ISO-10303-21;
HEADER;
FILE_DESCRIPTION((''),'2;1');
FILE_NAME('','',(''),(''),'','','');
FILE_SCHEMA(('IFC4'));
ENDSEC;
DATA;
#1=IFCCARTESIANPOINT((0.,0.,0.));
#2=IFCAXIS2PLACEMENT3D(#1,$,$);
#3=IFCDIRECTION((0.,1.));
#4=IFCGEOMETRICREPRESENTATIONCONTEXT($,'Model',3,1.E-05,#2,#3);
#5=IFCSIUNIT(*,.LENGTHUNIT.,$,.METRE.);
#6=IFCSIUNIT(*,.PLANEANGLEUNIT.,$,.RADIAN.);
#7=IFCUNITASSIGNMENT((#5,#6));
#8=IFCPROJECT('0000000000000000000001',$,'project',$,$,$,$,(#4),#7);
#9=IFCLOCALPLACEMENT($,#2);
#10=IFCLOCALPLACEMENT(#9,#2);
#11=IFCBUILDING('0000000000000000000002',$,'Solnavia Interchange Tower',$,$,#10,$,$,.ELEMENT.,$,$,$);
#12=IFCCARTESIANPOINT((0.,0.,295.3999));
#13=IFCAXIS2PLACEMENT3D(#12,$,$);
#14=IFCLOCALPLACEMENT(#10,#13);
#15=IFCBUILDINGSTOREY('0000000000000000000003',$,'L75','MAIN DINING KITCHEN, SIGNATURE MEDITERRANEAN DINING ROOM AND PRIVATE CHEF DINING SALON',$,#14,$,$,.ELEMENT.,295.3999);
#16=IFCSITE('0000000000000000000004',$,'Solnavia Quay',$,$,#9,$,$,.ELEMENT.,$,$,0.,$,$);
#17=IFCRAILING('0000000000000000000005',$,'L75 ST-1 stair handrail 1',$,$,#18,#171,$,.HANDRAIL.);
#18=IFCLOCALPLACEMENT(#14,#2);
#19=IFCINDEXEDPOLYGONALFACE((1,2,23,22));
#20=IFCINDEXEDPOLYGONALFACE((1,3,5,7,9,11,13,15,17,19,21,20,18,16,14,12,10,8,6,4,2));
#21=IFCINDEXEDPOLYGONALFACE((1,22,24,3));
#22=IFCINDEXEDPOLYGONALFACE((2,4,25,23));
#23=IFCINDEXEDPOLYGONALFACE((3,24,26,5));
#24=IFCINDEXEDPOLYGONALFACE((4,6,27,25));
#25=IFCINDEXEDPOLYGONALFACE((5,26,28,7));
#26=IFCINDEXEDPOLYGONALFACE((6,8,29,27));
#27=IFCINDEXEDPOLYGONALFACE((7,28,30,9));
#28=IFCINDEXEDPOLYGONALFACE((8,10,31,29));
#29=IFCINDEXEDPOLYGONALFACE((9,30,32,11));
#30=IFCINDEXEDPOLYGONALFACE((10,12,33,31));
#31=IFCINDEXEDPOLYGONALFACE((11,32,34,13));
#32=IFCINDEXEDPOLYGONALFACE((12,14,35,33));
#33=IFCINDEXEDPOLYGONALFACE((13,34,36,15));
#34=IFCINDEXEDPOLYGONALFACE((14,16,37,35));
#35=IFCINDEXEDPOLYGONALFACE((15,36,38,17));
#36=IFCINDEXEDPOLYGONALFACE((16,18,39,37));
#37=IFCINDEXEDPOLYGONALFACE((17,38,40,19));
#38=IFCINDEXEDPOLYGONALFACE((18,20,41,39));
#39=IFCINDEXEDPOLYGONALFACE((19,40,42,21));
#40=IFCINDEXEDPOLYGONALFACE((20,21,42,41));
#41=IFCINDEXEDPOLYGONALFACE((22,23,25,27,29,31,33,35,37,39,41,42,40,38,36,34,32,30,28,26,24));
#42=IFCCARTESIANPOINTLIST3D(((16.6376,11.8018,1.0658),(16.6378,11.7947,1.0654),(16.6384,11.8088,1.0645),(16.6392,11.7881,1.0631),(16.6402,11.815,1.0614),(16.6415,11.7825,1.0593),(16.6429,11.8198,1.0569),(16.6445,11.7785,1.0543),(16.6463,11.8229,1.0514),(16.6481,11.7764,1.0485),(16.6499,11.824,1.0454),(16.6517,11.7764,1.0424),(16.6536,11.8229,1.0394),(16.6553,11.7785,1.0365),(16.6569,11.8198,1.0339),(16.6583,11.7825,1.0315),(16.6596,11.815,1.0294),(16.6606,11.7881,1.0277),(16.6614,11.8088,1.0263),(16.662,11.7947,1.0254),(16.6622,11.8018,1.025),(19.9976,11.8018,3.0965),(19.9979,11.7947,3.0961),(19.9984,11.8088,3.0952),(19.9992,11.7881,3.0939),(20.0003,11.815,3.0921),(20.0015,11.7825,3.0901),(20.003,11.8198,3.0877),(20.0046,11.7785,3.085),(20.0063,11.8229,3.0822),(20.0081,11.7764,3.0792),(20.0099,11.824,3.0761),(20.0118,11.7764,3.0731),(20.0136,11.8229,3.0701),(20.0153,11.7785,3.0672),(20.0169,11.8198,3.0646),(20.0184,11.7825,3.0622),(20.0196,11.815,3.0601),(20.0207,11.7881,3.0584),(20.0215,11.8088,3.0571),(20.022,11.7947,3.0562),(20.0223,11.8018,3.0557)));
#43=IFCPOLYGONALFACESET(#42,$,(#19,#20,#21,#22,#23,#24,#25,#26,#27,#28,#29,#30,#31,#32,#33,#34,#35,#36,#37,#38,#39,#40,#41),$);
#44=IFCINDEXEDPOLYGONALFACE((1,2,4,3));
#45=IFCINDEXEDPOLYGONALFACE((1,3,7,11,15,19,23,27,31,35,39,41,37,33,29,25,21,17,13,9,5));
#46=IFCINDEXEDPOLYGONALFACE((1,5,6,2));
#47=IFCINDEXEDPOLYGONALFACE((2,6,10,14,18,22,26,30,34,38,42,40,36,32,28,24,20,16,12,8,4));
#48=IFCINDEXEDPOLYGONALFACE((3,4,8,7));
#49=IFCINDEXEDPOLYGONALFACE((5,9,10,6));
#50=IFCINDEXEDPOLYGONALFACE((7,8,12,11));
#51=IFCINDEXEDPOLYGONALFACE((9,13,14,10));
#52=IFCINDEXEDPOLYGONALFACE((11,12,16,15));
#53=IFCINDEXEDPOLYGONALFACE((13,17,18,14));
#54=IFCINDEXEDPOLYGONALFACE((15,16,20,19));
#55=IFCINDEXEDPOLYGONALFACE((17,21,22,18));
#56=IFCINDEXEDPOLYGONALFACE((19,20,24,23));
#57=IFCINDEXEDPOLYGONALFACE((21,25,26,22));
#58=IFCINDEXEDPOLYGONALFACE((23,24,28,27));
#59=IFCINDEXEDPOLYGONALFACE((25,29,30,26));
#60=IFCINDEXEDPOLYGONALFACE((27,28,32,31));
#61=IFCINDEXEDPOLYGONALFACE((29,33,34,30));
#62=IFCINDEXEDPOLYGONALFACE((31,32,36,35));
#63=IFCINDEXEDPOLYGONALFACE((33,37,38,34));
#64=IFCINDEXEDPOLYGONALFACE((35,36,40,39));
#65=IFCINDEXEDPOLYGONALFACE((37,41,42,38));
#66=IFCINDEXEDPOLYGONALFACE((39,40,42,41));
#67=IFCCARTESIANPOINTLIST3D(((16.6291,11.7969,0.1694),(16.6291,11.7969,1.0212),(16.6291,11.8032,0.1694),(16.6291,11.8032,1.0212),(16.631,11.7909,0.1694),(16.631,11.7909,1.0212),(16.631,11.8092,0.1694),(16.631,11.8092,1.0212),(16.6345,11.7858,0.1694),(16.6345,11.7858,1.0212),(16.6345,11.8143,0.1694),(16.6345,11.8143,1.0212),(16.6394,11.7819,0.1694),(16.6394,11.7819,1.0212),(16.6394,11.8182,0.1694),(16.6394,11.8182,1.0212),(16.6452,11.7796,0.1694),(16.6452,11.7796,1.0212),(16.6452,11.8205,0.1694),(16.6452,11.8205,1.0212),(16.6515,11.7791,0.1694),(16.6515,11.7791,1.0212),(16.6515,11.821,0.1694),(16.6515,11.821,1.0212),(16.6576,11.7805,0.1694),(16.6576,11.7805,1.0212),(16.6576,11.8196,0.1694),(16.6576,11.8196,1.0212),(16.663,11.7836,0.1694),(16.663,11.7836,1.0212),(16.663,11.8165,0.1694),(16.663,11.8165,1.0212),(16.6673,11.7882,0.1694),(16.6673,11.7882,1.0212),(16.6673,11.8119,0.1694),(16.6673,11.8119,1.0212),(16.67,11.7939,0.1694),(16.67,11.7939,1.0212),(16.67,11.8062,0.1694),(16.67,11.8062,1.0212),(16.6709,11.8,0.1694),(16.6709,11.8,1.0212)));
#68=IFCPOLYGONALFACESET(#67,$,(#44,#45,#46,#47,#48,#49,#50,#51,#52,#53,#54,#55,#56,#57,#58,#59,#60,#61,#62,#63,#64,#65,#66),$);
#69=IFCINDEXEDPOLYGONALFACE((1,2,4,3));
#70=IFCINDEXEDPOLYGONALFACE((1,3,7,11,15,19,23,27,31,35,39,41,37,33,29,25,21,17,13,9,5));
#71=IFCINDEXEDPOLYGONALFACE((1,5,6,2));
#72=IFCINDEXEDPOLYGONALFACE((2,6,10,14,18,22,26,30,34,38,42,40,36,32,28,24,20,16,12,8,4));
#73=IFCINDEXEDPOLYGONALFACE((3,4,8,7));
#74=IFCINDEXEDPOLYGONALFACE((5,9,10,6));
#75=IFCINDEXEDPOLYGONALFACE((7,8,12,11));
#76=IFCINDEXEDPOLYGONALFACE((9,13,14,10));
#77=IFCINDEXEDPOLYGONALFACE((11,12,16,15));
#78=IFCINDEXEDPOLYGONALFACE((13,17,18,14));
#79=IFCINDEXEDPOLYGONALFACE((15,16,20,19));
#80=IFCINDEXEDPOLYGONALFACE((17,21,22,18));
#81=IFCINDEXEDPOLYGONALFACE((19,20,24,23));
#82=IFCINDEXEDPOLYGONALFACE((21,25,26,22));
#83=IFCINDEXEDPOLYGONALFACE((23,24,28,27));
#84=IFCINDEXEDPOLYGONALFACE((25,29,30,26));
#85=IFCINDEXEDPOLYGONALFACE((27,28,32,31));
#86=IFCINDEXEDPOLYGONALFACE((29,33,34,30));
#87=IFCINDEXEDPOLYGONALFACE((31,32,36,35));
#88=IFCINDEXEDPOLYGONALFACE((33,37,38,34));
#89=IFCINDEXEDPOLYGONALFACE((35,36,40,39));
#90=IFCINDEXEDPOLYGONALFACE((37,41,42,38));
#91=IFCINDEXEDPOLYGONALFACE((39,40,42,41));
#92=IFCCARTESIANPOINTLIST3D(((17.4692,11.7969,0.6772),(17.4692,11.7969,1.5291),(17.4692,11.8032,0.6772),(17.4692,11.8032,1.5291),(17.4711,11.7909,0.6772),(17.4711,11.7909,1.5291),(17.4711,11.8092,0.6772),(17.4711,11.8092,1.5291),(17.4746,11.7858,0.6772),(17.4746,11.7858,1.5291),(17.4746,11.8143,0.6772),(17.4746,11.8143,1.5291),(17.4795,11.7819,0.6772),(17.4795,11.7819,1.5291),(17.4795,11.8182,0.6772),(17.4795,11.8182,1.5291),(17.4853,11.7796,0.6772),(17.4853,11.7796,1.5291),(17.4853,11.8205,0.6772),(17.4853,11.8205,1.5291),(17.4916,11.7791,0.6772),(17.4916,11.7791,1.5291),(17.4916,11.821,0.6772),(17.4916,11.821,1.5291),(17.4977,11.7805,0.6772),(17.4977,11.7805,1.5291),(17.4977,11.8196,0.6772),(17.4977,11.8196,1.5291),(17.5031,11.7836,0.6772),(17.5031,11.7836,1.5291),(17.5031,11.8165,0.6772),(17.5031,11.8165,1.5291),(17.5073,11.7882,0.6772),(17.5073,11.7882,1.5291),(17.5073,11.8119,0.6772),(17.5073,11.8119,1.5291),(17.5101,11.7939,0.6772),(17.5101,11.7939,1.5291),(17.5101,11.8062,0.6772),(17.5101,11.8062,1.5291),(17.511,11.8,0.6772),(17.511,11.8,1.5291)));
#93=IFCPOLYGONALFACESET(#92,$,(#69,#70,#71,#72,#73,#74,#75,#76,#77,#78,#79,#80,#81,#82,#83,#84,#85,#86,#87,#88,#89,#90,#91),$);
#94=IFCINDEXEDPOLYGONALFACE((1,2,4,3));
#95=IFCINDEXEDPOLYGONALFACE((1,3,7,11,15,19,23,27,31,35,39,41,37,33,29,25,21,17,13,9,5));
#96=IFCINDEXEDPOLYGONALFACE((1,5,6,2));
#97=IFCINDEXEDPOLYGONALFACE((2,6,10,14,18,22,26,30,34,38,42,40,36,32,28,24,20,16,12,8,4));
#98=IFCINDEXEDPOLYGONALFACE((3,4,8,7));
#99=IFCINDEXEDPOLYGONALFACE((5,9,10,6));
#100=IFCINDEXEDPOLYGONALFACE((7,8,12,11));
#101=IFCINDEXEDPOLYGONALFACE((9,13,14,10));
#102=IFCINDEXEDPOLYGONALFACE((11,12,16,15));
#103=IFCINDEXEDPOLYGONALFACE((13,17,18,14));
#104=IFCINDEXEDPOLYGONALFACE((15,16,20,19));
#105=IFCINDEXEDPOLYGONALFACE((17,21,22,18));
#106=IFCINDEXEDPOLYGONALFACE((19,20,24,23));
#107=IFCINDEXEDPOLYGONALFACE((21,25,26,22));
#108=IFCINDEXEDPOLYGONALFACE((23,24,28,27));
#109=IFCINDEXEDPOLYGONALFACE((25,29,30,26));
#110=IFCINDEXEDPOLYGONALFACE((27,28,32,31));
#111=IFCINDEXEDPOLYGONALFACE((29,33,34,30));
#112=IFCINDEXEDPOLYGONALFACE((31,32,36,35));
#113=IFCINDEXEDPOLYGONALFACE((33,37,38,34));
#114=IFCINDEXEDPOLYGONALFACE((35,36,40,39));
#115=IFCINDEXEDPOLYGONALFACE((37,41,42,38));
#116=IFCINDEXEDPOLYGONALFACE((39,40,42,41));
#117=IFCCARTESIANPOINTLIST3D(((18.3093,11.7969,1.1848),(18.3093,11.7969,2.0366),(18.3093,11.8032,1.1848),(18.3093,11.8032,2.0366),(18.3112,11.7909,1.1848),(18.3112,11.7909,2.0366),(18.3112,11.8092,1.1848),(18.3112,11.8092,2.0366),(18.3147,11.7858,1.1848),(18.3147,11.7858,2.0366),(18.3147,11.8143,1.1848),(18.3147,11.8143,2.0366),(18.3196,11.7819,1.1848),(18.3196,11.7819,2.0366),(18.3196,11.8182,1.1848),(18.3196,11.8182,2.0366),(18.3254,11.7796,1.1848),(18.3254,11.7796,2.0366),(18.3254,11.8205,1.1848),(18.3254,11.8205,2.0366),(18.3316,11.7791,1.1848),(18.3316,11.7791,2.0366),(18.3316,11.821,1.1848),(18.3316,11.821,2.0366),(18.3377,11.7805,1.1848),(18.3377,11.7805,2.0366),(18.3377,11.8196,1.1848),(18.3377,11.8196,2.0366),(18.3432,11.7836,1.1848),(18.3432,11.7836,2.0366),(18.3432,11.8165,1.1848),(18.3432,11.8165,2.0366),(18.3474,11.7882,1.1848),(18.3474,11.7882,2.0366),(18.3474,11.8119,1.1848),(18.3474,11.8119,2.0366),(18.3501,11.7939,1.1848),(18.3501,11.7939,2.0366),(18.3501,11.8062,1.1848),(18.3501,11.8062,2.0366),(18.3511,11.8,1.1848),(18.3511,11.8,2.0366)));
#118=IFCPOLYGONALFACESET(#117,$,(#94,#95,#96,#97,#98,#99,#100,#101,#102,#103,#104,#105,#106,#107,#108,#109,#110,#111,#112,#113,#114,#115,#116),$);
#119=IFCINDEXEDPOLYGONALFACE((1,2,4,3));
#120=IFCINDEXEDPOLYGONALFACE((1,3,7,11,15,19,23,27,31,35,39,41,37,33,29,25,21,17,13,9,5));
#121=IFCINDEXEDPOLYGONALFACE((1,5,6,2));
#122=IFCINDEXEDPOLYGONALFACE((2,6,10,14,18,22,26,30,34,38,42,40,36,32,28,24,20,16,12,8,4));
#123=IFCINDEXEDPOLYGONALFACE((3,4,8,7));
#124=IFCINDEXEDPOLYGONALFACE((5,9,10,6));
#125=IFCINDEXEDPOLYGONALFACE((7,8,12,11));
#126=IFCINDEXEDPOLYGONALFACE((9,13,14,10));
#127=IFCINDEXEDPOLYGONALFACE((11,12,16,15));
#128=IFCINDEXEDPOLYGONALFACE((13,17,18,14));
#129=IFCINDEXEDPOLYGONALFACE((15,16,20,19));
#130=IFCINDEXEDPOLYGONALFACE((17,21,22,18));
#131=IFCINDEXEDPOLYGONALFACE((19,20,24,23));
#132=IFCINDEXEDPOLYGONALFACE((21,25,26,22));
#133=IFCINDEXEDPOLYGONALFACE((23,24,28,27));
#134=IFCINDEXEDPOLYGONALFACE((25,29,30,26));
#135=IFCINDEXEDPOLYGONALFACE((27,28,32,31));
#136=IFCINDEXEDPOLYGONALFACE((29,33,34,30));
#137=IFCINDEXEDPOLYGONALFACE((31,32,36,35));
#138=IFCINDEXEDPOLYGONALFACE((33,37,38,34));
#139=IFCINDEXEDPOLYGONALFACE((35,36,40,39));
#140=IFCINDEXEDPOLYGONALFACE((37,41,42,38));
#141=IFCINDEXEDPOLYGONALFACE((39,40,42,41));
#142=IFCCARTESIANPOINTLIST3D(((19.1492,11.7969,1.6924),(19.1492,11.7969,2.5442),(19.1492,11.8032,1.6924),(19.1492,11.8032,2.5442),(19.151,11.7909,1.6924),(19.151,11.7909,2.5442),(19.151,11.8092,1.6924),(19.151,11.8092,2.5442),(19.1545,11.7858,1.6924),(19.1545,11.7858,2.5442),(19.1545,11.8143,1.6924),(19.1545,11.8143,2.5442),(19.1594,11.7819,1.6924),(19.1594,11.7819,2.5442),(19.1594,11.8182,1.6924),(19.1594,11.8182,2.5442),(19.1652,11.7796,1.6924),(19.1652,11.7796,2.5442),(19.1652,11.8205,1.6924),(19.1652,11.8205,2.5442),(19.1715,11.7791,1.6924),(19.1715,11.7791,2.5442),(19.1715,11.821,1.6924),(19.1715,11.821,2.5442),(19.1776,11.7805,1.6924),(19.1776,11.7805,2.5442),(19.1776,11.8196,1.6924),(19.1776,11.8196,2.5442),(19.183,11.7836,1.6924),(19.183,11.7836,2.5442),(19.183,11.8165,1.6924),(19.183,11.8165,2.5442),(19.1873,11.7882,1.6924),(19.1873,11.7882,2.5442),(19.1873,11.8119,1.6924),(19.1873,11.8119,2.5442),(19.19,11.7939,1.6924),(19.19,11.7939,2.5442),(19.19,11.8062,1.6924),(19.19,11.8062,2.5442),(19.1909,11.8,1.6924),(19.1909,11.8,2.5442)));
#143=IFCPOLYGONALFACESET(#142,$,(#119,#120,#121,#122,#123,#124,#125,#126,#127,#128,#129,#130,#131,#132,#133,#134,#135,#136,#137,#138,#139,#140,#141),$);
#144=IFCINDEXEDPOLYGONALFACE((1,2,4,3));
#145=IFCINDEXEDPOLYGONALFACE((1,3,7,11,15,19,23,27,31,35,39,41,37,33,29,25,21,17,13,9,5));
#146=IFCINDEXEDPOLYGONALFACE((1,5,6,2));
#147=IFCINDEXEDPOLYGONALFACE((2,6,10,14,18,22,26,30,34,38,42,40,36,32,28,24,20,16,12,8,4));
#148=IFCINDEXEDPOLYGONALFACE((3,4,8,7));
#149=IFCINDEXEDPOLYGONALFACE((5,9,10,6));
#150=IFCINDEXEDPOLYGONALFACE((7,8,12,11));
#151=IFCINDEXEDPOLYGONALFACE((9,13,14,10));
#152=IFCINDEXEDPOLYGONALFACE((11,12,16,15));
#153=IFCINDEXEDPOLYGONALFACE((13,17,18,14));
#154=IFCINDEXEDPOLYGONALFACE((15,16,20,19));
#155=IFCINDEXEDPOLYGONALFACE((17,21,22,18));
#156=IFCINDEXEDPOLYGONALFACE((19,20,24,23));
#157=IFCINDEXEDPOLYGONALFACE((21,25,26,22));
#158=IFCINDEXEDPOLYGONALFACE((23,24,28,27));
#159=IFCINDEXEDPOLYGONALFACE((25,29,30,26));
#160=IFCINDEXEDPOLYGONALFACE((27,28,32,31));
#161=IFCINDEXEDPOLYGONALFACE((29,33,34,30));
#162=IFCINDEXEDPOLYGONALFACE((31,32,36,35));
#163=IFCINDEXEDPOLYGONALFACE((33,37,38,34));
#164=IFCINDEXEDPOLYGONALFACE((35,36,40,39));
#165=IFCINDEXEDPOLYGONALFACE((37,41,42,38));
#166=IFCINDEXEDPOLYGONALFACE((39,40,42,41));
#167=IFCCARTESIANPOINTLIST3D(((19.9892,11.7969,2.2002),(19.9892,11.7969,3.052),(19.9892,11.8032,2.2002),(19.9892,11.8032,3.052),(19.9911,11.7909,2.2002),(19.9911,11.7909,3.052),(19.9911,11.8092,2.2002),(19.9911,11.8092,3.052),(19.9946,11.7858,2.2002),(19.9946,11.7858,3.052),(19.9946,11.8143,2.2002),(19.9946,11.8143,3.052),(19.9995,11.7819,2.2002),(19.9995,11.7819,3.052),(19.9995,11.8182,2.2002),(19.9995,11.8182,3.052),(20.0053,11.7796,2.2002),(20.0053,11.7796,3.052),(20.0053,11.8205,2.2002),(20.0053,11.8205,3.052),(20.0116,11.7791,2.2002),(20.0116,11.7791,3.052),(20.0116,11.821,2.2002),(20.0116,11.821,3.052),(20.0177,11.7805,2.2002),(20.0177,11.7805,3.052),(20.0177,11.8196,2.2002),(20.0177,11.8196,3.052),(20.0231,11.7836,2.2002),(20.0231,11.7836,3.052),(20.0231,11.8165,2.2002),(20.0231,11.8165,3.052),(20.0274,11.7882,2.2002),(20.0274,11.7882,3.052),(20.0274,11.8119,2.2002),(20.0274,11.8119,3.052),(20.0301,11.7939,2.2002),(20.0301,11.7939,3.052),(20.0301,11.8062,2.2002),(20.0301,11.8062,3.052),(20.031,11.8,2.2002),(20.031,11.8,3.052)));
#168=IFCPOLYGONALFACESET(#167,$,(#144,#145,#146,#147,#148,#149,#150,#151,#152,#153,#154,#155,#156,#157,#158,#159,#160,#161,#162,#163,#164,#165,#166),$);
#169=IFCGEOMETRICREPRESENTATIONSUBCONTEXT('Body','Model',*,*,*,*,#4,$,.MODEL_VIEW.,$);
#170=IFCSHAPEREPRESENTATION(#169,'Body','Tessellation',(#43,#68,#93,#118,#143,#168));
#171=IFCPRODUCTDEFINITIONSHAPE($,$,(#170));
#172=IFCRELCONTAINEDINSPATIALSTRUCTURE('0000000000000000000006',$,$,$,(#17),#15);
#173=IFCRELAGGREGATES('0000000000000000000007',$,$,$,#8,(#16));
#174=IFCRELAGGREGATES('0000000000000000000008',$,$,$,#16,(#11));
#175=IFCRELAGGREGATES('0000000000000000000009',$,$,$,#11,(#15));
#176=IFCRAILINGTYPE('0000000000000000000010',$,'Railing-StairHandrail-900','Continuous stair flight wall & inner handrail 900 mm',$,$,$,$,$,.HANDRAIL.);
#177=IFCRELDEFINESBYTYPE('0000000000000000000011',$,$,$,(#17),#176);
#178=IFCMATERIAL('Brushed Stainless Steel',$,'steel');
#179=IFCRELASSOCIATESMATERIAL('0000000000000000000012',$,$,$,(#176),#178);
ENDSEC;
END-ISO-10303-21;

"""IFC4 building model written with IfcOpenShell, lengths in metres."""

from ifc_helpers import new_model, si_unit, direction, frame, origin, origin_2d, place, context, subcontext, project, spatial, circle, extrude, material, type_object, element, save


model = new_model("IFC4")

# Units and contexts
model_context = context("Model", 3, precision=1e-05, world=origin(), true_north=direction((0.0, 1.0)))
body_context = subcontext(model_context, "Body", "Model", "MODEL_VIEW")
ifc_project = project(units=[si_unit("LENGTHUNIT", "METRE"), si_unit("PLANEANGLEUNIT", "RADIAN")], contexts=[model_context])

# Site, building, storey
site_placement = place(None, origin())
site = spatial("IfcSite", under=ifc_project, at=site_placement, Name="Solnavia Quay", CompositionType="ELEMENT", RefElevation=0.0)
building_placement = place(site_placement, origin())
building = spatial("IfcBuilding", under=site, at=building_placement, Name="Solnavia Interchange Tower", CompositionType="ELEMENT")
storey_placement = place(building_placement, frame((0.0, 0.0, 295.3999)))
storey = spatial("IfcBuildingStorey", under=building, at=storey_placement, Name="L75", Description="MAIN DINING KITCHEN, SIGNATURE MEDITERRANEAN DINING ROOM AND PRIVATE CHEF DINING SALON", CompositionType="ELEMENT", Elevation=295.3999)

# Railing
ifc_material_1 = material(Name="Brushed Stainless Steel", Category="steel")
railing_type_1 = type_object("IfcRailingType", Name="Railing-StairHandrail-900", Description="Continuous stair flight wall & inner handrail 900 mm", PredefinedType="HANDRAIL", material=ifc_material_1)
railing_1_placement = place(storey_placement, frame((16.6499, 11.8, 0.1694)))
element("IfcRailing", 1, at=railing_1_placement, inside=storey, type_object=railing_type_1, Name="L75 ST-1 stair handrail 1", PredefinedType="HANDRAIL", context=body_context, shape_type="SweptSolid", body=[
    extrude(circle(Radius=0.0239, at=origin_2d()), frame((0.0, 0.0, 0.876), z_axis=(0.855837, 0.0, 0.517246), x_axis=(0.0, 1.0, 0.0)), (0.0, 0.0, 1.0), 3.926),
    extrude(circle(Radius=0.021, at=origin_2d()), origin(), (0.0, 0.0, 1.0), 0.8518),
    extrude(circle(Radius=0.021, at=origin_2d()), frame((0.8401, 0.0, 0.5078)), (0.0, 0.0, 1.0), 0.8518),
    extrude(circle(Radius=0.021, at=origin_2d()), frame((1.6802, 0.0, 1.0154)), (0.0, 0.0, 1.0), 0.8518),
    extrude(circle(Radius=0.021, at=origin_2d()), frame((2.52, 0.0, 1.5229)), (0.0, 0.0, 1.0), 0.8518),
    extrude(circle(Radius=0.021, at=origin_2d()), frame((3.3601, 0.0, 2.0308)), (0.0, 0.0, 1.0), 0.8518),
])

save(model, "model.ifc")
